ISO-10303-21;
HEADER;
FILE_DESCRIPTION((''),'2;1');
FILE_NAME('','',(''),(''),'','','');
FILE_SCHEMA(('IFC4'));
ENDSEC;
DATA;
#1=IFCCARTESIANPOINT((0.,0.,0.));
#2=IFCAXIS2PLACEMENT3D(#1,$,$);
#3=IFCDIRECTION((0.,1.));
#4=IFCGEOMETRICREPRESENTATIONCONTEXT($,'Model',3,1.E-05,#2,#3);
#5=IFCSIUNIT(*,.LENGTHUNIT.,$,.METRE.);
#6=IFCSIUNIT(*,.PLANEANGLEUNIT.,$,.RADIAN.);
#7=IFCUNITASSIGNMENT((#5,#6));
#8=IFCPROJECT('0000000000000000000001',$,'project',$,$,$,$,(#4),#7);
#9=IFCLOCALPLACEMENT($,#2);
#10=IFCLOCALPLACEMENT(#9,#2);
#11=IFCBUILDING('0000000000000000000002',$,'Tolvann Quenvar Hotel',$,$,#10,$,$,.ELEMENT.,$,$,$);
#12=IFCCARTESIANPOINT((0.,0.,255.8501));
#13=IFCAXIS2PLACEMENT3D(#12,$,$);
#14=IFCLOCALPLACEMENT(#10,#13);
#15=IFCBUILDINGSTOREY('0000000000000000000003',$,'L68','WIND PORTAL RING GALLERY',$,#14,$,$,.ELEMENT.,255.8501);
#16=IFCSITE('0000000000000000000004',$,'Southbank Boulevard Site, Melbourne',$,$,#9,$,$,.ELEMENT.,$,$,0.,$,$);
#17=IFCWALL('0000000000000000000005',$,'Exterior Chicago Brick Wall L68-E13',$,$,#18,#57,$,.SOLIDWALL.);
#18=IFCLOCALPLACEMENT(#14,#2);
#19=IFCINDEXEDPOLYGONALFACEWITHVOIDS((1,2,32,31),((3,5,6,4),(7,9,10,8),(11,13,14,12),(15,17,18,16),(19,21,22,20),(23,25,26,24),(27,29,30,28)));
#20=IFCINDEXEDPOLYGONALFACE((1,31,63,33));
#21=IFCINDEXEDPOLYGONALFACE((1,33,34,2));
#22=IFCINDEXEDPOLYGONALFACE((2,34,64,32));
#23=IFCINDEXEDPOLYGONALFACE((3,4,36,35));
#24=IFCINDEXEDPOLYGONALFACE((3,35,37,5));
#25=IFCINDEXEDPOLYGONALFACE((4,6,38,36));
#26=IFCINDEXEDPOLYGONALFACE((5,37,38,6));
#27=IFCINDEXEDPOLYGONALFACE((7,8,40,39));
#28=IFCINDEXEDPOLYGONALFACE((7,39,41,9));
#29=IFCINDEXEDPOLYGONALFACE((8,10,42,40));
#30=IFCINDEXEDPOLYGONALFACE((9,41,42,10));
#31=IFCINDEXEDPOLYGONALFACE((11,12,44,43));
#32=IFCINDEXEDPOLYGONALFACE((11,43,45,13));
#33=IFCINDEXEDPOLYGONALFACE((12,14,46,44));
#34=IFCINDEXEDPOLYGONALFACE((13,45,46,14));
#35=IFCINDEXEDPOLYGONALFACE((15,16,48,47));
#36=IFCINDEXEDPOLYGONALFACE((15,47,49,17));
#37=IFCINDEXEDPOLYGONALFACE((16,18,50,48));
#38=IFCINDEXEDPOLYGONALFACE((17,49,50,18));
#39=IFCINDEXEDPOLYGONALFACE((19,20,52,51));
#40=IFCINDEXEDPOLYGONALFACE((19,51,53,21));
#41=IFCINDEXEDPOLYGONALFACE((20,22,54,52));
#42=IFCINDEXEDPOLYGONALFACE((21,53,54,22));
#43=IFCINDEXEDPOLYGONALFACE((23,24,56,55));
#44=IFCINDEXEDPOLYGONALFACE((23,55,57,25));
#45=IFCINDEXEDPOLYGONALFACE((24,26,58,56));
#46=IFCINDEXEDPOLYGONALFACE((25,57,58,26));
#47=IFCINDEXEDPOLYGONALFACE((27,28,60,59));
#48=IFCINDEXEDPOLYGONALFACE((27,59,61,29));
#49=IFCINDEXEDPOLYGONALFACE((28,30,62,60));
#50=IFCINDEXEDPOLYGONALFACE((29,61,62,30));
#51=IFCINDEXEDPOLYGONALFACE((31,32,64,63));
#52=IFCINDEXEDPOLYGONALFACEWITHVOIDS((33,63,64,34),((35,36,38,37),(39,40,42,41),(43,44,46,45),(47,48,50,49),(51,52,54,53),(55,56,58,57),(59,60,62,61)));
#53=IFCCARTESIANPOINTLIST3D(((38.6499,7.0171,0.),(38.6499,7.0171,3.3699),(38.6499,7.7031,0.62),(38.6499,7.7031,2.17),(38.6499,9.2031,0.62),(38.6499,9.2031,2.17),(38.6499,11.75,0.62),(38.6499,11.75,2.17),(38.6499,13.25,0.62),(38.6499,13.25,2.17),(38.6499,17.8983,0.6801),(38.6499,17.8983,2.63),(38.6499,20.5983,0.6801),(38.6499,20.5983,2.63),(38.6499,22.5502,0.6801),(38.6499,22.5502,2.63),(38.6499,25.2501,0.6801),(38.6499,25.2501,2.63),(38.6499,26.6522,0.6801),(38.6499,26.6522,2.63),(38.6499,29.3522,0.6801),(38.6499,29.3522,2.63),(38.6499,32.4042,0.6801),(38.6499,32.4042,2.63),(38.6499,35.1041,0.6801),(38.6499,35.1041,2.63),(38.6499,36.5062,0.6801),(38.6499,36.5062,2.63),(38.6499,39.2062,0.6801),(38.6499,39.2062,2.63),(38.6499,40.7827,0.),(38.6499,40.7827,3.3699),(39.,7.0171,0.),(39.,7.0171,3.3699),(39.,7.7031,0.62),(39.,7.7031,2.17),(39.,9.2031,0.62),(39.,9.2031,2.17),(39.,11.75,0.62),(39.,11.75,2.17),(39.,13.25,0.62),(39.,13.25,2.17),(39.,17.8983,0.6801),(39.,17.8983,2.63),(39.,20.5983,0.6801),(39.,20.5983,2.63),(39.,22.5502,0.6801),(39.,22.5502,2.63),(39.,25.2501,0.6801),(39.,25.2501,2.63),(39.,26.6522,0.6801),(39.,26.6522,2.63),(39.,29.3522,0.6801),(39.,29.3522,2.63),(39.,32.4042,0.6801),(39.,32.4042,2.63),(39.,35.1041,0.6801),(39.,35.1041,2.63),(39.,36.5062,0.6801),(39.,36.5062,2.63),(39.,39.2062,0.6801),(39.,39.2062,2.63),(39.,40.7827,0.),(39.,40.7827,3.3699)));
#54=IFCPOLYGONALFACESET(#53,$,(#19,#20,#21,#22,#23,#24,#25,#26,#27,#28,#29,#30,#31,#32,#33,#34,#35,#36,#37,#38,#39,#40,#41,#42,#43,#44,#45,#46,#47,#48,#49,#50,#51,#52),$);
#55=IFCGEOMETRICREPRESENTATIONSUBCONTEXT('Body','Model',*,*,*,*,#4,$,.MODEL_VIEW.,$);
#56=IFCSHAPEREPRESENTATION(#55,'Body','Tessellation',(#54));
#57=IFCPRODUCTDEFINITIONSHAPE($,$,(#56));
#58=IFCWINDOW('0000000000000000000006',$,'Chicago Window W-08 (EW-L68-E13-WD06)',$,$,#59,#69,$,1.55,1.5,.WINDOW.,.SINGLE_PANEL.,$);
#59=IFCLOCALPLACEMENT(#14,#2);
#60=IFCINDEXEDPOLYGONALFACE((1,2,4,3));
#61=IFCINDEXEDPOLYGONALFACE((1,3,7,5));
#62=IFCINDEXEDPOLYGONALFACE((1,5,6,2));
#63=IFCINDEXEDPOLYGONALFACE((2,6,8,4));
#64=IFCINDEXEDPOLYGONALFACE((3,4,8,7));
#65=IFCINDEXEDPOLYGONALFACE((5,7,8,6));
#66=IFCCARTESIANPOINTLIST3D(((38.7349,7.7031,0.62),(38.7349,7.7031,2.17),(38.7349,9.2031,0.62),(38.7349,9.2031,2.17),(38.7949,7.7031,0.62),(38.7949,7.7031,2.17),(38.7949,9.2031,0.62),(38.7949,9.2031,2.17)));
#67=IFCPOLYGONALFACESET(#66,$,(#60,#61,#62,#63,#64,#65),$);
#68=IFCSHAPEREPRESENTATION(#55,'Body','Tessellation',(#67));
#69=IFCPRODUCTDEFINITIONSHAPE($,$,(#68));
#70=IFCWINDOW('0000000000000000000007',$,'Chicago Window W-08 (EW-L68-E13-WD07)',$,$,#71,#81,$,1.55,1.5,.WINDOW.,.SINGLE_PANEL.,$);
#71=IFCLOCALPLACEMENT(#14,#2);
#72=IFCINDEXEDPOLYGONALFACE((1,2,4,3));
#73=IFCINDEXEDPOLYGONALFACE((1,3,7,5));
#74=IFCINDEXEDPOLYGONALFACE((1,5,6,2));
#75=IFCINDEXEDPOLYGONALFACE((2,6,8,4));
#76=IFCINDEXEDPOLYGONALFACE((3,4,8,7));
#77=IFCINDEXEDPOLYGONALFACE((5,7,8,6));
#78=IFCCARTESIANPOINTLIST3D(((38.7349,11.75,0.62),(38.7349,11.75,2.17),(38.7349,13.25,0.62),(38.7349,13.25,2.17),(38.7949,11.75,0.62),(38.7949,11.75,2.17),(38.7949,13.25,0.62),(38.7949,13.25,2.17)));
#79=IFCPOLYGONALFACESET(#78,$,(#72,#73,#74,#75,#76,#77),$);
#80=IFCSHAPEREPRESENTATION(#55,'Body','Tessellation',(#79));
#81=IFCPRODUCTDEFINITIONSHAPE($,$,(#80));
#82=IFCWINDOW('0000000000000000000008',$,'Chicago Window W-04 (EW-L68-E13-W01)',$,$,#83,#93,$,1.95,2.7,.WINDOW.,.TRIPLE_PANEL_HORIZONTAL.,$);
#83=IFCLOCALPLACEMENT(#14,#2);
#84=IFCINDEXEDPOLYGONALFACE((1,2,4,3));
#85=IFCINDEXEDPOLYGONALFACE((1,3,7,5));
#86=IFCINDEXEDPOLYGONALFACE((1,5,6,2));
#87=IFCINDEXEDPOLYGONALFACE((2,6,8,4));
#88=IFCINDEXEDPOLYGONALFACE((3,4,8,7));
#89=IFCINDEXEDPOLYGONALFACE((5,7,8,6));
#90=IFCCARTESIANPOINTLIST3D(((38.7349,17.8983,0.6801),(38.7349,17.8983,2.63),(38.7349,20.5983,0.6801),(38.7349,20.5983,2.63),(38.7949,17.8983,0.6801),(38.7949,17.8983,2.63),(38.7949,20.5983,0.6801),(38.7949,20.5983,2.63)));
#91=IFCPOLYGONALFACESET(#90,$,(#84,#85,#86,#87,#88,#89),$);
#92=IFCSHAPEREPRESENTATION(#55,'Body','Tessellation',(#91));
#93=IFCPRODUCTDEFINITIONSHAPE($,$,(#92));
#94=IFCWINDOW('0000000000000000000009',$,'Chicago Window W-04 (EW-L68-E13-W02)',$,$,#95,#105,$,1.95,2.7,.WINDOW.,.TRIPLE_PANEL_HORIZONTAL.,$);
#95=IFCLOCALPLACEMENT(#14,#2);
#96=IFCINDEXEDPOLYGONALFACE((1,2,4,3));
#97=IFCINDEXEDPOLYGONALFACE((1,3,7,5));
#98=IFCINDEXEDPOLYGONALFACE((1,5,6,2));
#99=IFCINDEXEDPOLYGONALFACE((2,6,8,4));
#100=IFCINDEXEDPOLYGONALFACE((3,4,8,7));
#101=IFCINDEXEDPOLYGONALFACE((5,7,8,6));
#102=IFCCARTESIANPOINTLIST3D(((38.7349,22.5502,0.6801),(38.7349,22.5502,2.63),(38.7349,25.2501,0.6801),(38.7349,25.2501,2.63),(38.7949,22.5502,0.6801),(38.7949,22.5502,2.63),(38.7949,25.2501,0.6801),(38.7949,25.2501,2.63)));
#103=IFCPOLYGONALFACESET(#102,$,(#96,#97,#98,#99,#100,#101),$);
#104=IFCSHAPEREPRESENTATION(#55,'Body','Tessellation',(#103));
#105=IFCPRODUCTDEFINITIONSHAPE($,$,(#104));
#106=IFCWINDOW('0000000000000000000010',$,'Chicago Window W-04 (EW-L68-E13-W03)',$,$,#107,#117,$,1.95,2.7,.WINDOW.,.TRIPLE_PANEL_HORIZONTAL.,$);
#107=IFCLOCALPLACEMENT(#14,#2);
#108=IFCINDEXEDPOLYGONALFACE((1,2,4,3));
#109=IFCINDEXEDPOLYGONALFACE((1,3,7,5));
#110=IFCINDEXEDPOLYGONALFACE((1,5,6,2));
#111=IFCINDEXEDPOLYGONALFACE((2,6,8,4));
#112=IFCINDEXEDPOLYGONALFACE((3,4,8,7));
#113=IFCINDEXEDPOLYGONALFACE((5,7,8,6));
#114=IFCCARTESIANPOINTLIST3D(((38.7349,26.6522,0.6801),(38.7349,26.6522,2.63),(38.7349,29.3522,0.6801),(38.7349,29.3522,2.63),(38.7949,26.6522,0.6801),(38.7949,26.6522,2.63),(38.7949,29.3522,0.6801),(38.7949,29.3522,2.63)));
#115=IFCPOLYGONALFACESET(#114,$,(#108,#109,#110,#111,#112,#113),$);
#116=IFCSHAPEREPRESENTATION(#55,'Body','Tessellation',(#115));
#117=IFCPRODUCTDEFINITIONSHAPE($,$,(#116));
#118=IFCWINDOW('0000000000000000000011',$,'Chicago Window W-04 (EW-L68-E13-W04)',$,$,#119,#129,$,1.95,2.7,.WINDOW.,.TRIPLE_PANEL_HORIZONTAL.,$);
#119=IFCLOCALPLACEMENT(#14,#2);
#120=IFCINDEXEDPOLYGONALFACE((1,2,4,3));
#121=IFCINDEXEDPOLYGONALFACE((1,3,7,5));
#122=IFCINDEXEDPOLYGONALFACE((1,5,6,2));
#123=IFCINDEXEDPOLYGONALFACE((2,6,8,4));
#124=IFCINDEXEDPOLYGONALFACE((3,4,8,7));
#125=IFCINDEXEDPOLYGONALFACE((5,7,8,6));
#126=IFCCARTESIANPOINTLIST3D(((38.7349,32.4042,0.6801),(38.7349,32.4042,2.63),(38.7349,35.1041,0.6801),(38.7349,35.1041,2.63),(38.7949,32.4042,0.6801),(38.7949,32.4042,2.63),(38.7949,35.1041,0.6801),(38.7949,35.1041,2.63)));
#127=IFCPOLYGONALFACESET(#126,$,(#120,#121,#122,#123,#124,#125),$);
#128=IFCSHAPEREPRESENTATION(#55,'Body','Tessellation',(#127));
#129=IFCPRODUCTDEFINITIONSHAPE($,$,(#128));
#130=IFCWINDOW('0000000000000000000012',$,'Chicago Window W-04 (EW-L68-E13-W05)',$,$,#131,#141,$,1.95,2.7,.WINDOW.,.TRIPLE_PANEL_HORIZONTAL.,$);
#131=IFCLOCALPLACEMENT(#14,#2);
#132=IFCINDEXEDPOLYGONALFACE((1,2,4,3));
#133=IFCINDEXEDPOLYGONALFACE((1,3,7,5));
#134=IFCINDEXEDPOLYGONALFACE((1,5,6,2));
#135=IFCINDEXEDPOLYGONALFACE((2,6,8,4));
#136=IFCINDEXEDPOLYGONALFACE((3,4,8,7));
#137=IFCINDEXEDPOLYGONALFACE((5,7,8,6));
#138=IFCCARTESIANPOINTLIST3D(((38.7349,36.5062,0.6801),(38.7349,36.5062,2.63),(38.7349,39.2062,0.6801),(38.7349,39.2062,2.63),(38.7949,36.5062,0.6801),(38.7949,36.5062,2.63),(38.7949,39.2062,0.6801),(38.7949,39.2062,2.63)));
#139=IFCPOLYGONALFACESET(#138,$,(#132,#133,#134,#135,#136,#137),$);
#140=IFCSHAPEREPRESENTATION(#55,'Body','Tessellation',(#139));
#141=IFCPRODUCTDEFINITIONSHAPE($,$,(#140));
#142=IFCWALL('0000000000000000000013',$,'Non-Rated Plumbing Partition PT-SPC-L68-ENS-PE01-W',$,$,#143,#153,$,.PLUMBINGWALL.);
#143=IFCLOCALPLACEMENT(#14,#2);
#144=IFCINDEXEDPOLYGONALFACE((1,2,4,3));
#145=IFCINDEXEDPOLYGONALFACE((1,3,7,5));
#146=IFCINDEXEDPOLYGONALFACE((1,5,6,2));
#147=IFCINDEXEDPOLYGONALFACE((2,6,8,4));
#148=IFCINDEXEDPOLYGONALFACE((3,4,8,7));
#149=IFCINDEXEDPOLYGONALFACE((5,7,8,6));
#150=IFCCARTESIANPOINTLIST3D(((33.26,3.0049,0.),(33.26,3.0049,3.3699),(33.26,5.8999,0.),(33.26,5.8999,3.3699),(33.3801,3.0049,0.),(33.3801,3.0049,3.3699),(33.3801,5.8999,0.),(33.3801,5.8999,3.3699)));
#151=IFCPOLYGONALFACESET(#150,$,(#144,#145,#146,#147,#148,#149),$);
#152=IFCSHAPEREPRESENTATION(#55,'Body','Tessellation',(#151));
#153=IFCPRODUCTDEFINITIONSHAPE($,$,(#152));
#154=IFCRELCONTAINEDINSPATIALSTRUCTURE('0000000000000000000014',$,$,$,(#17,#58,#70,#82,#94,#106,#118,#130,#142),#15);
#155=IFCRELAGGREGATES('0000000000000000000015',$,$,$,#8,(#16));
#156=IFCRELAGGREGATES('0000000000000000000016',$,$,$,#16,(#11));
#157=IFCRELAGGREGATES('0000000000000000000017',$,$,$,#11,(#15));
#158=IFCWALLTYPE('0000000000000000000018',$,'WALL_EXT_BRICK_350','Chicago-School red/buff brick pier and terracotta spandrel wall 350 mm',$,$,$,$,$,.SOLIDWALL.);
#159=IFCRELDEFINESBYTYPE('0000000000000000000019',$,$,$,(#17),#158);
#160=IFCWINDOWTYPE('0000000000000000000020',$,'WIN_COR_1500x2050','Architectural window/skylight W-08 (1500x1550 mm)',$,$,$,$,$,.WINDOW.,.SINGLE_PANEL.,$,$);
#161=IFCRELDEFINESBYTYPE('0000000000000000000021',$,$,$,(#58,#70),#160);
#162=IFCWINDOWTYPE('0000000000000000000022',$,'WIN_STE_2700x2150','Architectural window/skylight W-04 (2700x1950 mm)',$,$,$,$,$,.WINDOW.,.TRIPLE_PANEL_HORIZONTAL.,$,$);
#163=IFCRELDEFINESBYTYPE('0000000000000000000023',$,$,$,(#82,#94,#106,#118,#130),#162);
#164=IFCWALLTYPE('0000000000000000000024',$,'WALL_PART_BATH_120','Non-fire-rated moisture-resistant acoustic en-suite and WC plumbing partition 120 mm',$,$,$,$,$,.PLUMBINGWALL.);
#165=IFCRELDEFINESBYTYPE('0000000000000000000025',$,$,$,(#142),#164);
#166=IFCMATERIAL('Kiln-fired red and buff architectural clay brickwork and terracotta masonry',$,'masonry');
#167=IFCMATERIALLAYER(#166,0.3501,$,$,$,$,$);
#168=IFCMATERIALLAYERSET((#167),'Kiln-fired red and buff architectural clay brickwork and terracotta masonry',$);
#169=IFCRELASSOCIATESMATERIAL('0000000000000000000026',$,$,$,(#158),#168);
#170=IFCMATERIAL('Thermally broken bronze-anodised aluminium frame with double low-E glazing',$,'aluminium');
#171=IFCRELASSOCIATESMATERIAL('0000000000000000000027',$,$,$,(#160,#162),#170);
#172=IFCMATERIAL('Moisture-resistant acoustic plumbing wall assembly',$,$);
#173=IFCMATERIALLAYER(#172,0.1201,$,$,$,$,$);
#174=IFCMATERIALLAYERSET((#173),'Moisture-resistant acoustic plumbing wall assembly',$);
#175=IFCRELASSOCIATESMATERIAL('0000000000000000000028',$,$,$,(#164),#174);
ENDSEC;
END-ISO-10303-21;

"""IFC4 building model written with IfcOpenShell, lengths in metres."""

from ifc_helpers import new_model, si_unit, direction, frame, frame_2d, origin, place, context, subcontext, project, spatial, rectangle, extrude, source, transform, mapped, material, layer, layer_set, type_object, type_shapes, element, fill, save


model = new_model("IFC4")

# Units and contexts
model_context = context("Model", 3, precision=1e-05, world=origin(), true_north=direction((0.0, 1.0)))
body_context = subcontext(model_context, "Body", "Model", "MODEL_VIEW")
ifc_project = project(units=[si_unit("LENGTHUNIT", "METRE"), si_unit("PLANEANGLEUNIT", "RADIAN")], contexts=[model_context])

# Site, building, storey
site_placement = place(None, origin())
site = spatial("IfcSite", under=ifc_project, at=site_placement, Name="Southbank Boulevard Site, Melbourne", CompositionType="ELEMENT", RefElevation=0.0)
building_placement = place(site_placement, origin())
building = spatial("IfcBuilding", under=site, at=building_placement, Name="Tolvann Quenvar Hotel", CompositionType="ELEMENT")
storey_placement = place(building_placement, frame((0.0, 0.0, 255.8501)))
storey = spatial("IfcBuildingStorey", under=building, at=storey_placement, Name="L68", Description="WIND PORTAL RING GALLERY", CompositionType="ELEMENT", Elevation=255.8501)

# Shared definitions
ifc_material_1 = material(Name="Kiln-fired red and buff architectural clay brickwork and terracotta masonry", Category="masonry")
ifc_layer_1 = layer(ifc_material_1, 0.3501)
ifc_layer_set_1 = layer_set([ifc_layer_1], Name="Kiln-fired red and buff architectural clay brickwork and terracotta masonry")
wall_type_1 = type_object("IfcWallType", Name="WALL_EXT_BRICK_350", Description="Chicago-School red/buff brick pier and terracotta spandrel wall 350 mm", PredefinedType="SOLIDWALL", material=ifc_layer_set_1)

# Wall, openings, windows
wall_1_placement = place(storey_placement, frame((38.825, 7.0171, 0.0), z_axis=(0.0, 0.0, 1.0), x_axis=(0.0, 1.0, 0.0)))
wall_1 = element("IfcWall", 1, at=wall_1_placement, inside=storey, type_object=wall_type_1, Name="Exterior Chicago Brick Wall L68-E13", PredefinedType="SOLIDWALL", context=body_context, shape_type="SweptSolid", body=[
    extrude(rectangle(XDim=33.7656, YDim=0.3501, at=frame_2d((16.8828, 0.0))), origin(), (0.0, 0.0, 1.0), 3.3699),
])
opening_1_placement = place(wall_1_placement, frame((10.8811, 0.0, 0.6799)))
opening_1 = element("IfcOpeningElement", 2, at=opening_1_placement, cuts=wall_1, PredefinedType="OPENING", context=body_context, shape_type="SweptSolid", body=[
    extrude(rectangle(XDim=2.7, YDim=1.95, at=frame_2d((1.3501, 0.9751))), frame((0.0, 0.1851, 0.0), z_axis=(0.0, -1.0, 0.0), x_axis=(1.0, 0.0, 0.0)), (0.0, 0.0, 1.0), 0.3701),
])
opening_2_placement = place(wall_1_placement, frame((15.533, 0.0, 0.6799)))
opening_2 = element("IfcOpeningElement", 3, at=opening_2_placement, cuts=wall_1, PredefinedType="OPENING", context=body_context, shape_type="SweptSolid", body=[
    extrude(rectangle(XDim=2.7, YDim=1.95, at=frame_2d((1.3501, 0.9751))), frame((0.0, 0.1851, 0.0), z_axis=(0.0, -1.0, 0.0), x_axis=(1.0, 0.0, 0.0)), (0.0, 0.0, 1.0), 0.3701),
])
opening_3_placement = place(wall_1_placement, frame((19.635, 0.0, 0.6799)))
opening_3 = element("IfcOpeningElement", 4, at=opening_3_placement, cuts=wall_1, PredefinedType="OPENING", context=body_context, shape_type="SweptSolid", body=[
    extrude(rectangle(XDim=2.7, YDim=1.95, at=frame_2d((1.3501, 0.9751))), frame((0.0, 0.1851, 0.0), z_axis=(0.0, -1.0, 0.0), x_axis=(1.0, 0.0, 0.0)), (0.0, 0.0, 1.0), 0.3701),
])
opening_4_placement = place(wall_1_placement, frame((25.387, 0.0, 0.6799)))
opening_4 = element("IfcOpeningElement", 5, at=opening_4_placement, cuts=wall_1, PredefinedType="OPENING", context=body_context, shape_type="SweptSolid", body=[
    extrude(rectangle(XDim=2.7, YDim=1.95, at=frame_2d((1.3501, 0.9751))), frame((0.0, 0.1851, 0.0), z_axis=(0.0, -1.0, 0.0), x_axis=(1.0, 0.0, 0.0)), (0.0, 0.0, 1.0), 0.3701),
])
opening_5_placement = place(wall_1_placement, frame((29.489, 0.0, 0.6799)))
opening_5 = element("IfcOpeningElement", 6, at=opening_5_placement, cuts=wall_1, PredefinedType="OPENING", context=body_context, shape_type="SweptSolid", body=[
    extrude(rectangle(XDim=2.7, YDim=1.95, at=frame_2d((1.3501, 0.9751))), frame((0.0, 0.1851, 0.0), z_axis=(0.0, -1.0, 0.0), x_axis=(1.0, 0.0, 0.0)), (0.0, 0.0, 1.0), 0.3701),
])
opening_6_placement = place(wall_1_placement, frame((0.686, 0.0, 0.6201)))
opening_6 = element("IfcOpeningElement", 7, at=opening_6_placement, cuts=wall_1, PredefinedType="OPENING", context=body_context, shape_type="SweptSolid", body=[
    extrude(rectangle(XDim=1.5, YDim=1.55, at=frame_2d((0.75, 0.7749))), frame((0.0, 0.1851, 0.0), z_axis=(0.0, -1.0, 0.0), x_axis=(1.0, 0.0, 0.0)), (0.0, 0.0, 1.0), 0.3701),
])
opening_7_placement = place(wall_1_placement, frame((4.7329, 0.0, 0.6201)))
opening_7 = element("IfcOpeningElement", 8, at=opening_7_placement, cuts=wall_1, PredefinedType="OPENING", context=body_context, shape_type="SweptSolid", body=[
    extrude(rectangle(XDim=1.5, YDim=1.55, at=frame_2d((0.75, 0.7749))), frame((0.0, 0.1851, 0.0), z_axis=(0.0, -1.0, 0.0), x_axis=(1.0, 0.0, 0.0)), (0.0, 0.0, 1.0), 0.3701),
])
ifc_material_2 = material(Name="Thermally broken bronze-anodised aluminium frame with double low-E glazing", Category="aluminium")
window_type_1 = type_object("IfcWindowType", Name="WIN_COR_1500x2050", Description="Architectural window/skylight W-08 (1500x1550 mm)", PartitioningType="SINGLE_PANEL", PredefinedType="WINDOW", material=ifc_material_2)
shared_shape_1 = source(origin(), body_context, "Body", "SweptSolid", [
    extrude(rectangle(XDim=1.5, YDim=1.55, at=frame_2d((0.75, 0.7749))), frame((0.0, 0.0901, 0.0), z_axis=(0.0, -1.0, 0.0), x_axis=(1.0, 0.0, 0.0)), (0.0, 0.0, 1.0), 0.0601),
])
type_shapes(window_type_1, [shared_shape_1])
window_1_placement = place(opening_6_placement, origin())
window_1 = element("IfcWindow", 9, at=window_1_placement, inside=storey, type_object=window_type_1, Name="Chicago Window W-08 (EW-L68-E13-WD06)", OverallHeight=1.55, OverallWidth=1.5, PartitioningType="SINGLE_PANEL", PredefinedType="WINDOW", context=body_context, shape_type="MappedRepresentation", body=[
    mapped(shared_shape_1, transform((0.0, 0.0, 0.0), x_axis=(1.0, 0.0, 0.0), y_axis=(0.0, 1.0, 0.0), z_axis=(0.0, 0.0, 1.0), scale=1.0)),
])
fill(opening_6, window_1)
window_2_placement = place(opening_7_placement, origin())
window_2 = element("IfcWindow", 10, at=window_2_placement, inside=storey, type_object=window_type_1, Name="Chicago Window W-08 (EW-L68-E13-WD07)", OverallHeight=1.55, OverallWidth=1.5, PartitioningType="SINGLE_PANEL", PredefinedType="WINDOW", context=body_context, shape_type="MappedRepresentation", body=[
    mapped(shared_shape_1, transform((0.0, 0.0, 0.0), x_axis=(1.0, 0.0, 0.0), y_axis=(0.0, 1.0, 0.0), z_axis=(0.0, 0.0, 1.0), scale=1.0)),
])
fill(opening_7, window_2)
window_type_2 = type_object("IfcWindowType", Name="WIN_STE_2700x2150", Description="Architectural window/skylight W-04 (2700x1950 mm)", PartitioningType="TRIPLE_PANEL_HORIZONTAL", PredefinedType="WINDOW", material=ifc_material_2)
shared_shape_2 = source(origin(), body_context, "Body", "SweptSolid", [
    extrude(rectangle(XDim=2.7, YDim=1.95, at=frame_2d((1.3501, 0.9751))), frame((0.0, 0.0901, 0.0), z_axis=(0.0, -1.0, 0.0), x_axis=(1.0, 0.0, 0.0)), (0.0, 0.0, 1.0), 0.0601),
])
type_shapes(window_type_2, [shared_shape_2])
window_3_placement = place(opening_1_placement, origin())
window_3 = element("IfcWindow", 11, at=window_3_placement, inside=storey, type_object=window_type_2, Name="Chicago Window W-04 (EW-L68-E13-W01)", OverallHeight=1.95, OverallWidth=2.7, PartitioningType="TRIPLE_PANEL_HORIZONTAL", PredefinedType="WINDOW", context=body_context, shape_type="MappedRepresentation", body=[
    mapped(shared_shape_2, transform((0.0, 0.0, 0.0), x_axis=(1.0, 0.0, 0.0), y_axis=(0.0, 1.0, 0.0), z_axis=(0.0, 0.0, 1.0), scale=1.0)),
])
fill(opening_1, window_3)
window_4_placement = place(opening_2_placement, origin())
window_4 = element("IfcWindow", 12, at=window_4_placement, inside=storey, type_object=window_type_2, Name="Chicago Window W-04 (EW-L68-E13-W02)", OverallHeight=1.95, OverallWidth=2.7, PartitioningType="TRIPLE_PANEL_HORIZONTAL", PredefinedType="WINDOW", context=body_context, shape_type="MappedRepresentation", body=[
    mapped(shared_shape_2, transform((0.0, 0.0, 0.0), x_axis=(1.0, 0.0, 0.0), y_axis=(0.0, 1.0, 0.0), z_axis=(0.0, 0.0, 1.0), scale=1.0)),
])
fill(opening_2, window_4)
window_5_placement = place(opening_3_placement, origin())
window_5 = element("IfcWindow", 13, at=window_5_placement, inside=storey, type_object=window_type_2, Name="Chicago Window W-04 (EW-L68-E13-W03)", OverallHeight=1.95, OverallWidth=2.7, PartitioningType="TRIPLE_PANEL_HORIZONTAL", PredefinedType="WINDOW", context=body_context, shape_type="MappedRepresentation", body=[
    mapped(shared_shape_2, transform((0.0, 0.0, 0.0), x_axis=(1.0, 0.0, 0.0), y_axis=(0.0, 1.0, 0.0), z_axis=(0.0, 0.0, 1.0), scale=1.0)),
])
fill(opening_3, window_5)
window_6_placement = place(opening_4_placement, origin())
window_6 = element("IfcWindow", 14, at=window_6_placement, inside=storey, type_object=window_type_2, Name="Chicago Window W-04 (EW-L68-E13-W04)", OverallHeight=1.95, OverallWidth=2.7, PartitioningType="TRIPLE_PANEL_HORIZONTAL", PredefinedType="WINDOW", context=body_context, shape_type="MappedRepresentation", body=[
    mapped(shared_shape_2, transform((0.0, 0.0, 0.0), x_axis=(1.0, 0.0, 0.0), y_axis=(0.0, 1.0, 0.0), z_axis=(0.0, 0.0, 1.0), scale=1.0)),
])
fill(opening_4, window_6)
window_7_placement = place(opening_5_placement, origin())
window_7 = element("IfcWindow", 15, at=window_7_placement, inside=storey, type_object=window_type_2, Name="Chicago Window W-04 (EW-L68-E13-W05)", OverallHeight=1.95, OverallWidth=2.7, PartitioningType="TRIPLE_PANEL_HORIZONTAL", PredefinedType="WINDOW", context=body_context, shape_type="MappedRepresentation", body=[
    mapped(shared_shape_2, transform((0.0, 0.0, 0.0), x_axis=(1.0, 0.0, 0.0), y_axis=(0.0, 1.0, 0.0), z_axis=(0.0, 0.0, 1.0), scale=1.0)),
])
fill(opening_5, window_7)

# Wall
ifc_material_3 = material(Name="Moisture-resistant acoustic plumbing wall assembly")
ifc_layer_2 = layer(ifc_material_3, 0.1201)
ifc_layer_set_2 = layer_set([ifc_layer_2], Name="Moisture-resistant acoustic plumbing wall assembly")
wall_type_2 = type_object("IfcWallType", Name="WALL_PART_BATH_120", Description="Non-fire-rated moisture-resistant acoustic en-suite and WC plumbing partition 120 mm", PredefinedType="PLUMBINGWALL", material=ifc_layer_set_2)
wall_2_placement = place(storey_placement, frame((33.3201, 3.0049, 0.0), z_axis=(0.0, 0.0, 1.0), x_axis=(0.0, 1.0, 0.0)))
element("IfcWall", 16, at=wall_2_placement, inside=storey, type_object=wall_type_2, Name="Non-Rated Plumbing Partition PT-SPC-L68-ENS-PE01-W", PredefinedType="PLUMBINGWALL", context=body_context, shape_type="SweptSolid", body=[
    extrude(rectangle(XDim=2.895, YDim=0.1201, at=frame_2d((1.4475, 0.0))), origin(), (0.0, 0.0, 1.0), 3.3699),
])

save(model, "model.ifc")
